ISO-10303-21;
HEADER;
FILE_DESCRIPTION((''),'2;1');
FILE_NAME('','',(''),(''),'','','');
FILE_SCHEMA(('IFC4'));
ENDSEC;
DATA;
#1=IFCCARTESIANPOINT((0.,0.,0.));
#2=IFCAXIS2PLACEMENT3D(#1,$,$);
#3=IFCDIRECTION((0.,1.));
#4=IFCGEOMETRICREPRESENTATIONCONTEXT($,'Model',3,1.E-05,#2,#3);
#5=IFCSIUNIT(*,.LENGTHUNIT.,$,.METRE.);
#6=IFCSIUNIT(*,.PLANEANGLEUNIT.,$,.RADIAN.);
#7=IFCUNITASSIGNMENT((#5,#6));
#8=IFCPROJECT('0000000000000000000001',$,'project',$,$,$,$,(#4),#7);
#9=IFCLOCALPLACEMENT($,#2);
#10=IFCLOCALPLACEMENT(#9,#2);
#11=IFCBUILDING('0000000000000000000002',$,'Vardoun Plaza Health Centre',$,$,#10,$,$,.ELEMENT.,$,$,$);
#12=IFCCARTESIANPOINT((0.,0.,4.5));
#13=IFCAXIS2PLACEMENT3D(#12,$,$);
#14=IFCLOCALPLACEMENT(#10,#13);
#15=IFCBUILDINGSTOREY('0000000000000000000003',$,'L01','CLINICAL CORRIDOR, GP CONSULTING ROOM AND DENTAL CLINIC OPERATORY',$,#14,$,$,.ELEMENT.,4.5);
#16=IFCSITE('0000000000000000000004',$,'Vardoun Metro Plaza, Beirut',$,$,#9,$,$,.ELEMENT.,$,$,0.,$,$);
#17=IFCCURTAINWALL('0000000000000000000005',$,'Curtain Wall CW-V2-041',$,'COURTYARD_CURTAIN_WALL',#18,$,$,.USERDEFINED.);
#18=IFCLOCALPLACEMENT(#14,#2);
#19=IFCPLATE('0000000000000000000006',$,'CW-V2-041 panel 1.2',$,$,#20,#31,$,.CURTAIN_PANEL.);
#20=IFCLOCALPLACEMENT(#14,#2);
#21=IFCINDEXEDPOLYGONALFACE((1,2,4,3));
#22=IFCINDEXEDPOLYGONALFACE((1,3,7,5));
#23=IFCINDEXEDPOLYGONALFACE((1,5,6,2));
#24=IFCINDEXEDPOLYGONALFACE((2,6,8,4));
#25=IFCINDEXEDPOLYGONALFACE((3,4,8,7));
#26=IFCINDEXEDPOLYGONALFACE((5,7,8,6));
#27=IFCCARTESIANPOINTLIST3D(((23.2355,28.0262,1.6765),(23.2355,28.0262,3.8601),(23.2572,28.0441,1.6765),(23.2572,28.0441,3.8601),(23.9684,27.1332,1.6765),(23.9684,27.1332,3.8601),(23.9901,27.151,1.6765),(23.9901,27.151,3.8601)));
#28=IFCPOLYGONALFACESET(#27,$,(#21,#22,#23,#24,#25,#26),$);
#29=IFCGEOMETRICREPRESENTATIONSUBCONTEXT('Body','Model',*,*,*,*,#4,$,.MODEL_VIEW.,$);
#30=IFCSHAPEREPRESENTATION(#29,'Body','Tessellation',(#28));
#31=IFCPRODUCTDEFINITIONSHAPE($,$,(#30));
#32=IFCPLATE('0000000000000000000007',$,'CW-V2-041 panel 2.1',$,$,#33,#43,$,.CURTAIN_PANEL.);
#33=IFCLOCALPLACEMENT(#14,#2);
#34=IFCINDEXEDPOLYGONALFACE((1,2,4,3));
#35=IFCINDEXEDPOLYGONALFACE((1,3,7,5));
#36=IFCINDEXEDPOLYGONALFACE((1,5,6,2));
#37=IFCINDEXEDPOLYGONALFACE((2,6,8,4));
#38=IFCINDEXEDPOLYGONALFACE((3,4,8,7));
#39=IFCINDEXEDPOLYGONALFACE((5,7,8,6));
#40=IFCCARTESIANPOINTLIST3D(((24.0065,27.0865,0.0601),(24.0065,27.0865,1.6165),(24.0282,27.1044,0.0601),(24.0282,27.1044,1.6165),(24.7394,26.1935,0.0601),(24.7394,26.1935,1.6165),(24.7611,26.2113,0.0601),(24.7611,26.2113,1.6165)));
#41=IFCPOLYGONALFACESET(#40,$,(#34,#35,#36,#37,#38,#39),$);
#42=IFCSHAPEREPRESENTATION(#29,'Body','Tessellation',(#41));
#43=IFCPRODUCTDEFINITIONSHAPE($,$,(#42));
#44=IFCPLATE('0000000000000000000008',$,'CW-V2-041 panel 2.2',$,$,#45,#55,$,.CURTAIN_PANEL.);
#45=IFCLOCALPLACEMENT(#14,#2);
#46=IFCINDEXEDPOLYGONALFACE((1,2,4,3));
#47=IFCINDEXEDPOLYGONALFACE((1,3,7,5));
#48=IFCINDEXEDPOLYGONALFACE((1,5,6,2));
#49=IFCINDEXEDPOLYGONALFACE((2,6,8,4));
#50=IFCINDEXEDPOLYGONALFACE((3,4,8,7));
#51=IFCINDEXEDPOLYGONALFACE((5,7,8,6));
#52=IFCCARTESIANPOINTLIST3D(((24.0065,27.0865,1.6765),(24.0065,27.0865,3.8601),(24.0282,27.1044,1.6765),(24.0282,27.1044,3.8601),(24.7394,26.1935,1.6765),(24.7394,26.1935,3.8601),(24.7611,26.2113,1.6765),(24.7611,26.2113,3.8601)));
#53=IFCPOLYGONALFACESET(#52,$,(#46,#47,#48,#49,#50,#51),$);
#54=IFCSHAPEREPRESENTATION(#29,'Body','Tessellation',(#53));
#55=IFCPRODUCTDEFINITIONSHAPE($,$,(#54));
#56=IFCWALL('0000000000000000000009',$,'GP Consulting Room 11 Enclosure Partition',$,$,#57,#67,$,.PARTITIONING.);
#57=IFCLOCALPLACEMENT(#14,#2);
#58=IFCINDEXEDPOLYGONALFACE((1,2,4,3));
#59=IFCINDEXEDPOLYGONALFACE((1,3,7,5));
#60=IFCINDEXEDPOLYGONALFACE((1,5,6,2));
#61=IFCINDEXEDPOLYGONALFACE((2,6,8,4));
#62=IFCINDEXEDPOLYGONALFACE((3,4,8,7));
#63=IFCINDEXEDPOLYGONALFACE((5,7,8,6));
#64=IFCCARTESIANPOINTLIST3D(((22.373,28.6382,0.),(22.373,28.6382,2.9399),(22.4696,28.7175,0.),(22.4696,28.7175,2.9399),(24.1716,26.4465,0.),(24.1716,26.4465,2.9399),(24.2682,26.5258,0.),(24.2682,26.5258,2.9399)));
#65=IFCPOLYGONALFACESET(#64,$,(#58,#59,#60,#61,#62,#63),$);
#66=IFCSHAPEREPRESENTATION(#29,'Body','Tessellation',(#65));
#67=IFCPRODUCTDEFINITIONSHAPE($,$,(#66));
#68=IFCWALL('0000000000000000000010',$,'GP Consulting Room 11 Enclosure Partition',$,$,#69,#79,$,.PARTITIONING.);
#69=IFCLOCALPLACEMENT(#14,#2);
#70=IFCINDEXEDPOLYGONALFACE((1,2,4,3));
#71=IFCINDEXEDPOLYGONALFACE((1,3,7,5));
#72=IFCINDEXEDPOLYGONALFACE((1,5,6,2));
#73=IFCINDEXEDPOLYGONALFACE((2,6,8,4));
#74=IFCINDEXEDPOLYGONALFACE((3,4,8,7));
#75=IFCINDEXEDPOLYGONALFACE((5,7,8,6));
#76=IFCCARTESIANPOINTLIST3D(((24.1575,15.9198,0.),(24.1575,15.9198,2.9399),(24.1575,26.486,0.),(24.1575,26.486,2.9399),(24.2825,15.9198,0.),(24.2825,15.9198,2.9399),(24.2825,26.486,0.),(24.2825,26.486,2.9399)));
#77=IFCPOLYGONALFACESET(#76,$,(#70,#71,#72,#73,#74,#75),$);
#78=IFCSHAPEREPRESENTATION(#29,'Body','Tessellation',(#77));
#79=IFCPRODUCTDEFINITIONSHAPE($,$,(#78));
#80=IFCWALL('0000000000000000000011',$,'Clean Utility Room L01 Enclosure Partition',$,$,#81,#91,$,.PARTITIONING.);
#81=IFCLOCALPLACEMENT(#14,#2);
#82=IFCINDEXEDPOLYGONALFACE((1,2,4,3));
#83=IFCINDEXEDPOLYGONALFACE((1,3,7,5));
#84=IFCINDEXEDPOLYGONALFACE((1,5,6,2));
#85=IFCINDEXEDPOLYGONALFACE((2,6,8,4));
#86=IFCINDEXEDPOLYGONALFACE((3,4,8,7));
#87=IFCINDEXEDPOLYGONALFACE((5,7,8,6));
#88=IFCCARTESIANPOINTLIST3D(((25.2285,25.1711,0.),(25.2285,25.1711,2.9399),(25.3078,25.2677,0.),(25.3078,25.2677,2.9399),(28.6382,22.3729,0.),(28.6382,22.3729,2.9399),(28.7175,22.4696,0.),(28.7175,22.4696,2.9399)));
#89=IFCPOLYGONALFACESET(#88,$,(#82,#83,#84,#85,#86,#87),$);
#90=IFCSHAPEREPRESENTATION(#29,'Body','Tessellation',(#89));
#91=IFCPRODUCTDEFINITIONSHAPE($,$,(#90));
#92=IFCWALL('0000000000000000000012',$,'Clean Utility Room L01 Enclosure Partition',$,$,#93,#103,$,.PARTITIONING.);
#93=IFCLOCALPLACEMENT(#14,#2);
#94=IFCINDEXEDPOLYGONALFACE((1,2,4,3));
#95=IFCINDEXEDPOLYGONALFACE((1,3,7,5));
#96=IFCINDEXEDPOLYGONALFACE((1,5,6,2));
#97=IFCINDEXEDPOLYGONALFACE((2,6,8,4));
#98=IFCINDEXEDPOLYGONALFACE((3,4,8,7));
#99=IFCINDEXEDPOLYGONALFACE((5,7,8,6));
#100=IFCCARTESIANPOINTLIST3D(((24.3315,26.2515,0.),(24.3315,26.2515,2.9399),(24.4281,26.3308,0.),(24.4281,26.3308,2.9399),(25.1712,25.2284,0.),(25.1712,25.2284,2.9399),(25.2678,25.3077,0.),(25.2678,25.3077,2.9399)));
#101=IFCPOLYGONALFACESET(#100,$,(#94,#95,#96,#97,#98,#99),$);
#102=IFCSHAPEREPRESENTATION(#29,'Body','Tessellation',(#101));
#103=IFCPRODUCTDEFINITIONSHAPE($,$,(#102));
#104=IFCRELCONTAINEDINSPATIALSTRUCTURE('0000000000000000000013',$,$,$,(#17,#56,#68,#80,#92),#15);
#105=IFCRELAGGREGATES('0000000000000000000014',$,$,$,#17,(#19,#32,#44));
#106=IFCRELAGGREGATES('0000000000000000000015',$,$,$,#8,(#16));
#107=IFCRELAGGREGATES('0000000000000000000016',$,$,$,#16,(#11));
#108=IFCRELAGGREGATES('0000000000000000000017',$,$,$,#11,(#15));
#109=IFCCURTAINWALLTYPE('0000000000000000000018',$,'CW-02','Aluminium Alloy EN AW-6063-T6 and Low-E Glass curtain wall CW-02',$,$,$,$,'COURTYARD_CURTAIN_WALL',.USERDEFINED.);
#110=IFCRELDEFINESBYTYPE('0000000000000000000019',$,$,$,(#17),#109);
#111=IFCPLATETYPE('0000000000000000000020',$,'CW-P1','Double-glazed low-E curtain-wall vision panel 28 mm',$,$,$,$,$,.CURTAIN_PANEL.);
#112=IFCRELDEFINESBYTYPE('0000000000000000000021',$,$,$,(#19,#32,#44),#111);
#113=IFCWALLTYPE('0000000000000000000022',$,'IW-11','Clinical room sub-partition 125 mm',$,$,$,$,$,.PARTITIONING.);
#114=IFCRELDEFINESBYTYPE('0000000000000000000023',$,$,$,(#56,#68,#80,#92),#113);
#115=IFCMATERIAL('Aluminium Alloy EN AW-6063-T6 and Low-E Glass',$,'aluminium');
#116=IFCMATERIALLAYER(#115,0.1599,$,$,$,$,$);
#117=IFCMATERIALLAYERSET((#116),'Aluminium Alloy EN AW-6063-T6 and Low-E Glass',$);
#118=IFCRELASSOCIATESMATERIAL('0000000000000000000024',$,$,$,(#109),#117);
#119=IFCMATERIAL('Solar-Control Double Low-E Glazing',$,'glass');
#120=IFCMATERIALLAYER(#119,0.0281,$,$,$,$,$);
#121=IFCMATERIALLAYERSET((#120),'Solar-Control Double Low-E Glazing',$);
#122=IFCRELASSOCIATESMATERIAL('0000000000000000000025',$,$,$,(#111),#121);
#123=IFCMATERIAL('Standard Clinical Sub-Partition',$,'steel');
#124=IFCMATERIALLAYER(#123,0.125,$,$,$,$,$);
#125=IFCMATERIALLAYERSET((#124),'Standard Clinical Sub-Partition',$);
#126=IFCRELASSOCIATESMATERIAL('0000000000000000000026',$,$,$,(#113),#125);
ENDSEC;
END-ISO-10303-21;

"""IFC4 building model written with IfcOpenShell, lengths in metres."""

from ifc_helpers import new_model, si_unit, direction, frame, frame_2d, origin, origin_2d, place, context, subcontext, project, spatial, rectangle, extrude, material, layer, layer_set, type_object, element, aggregate, save


model = new_model("IFC4")

# Units and contexts
model_context = context("Model", 3, precision=1e-05, world=origin(), true_north=direction((0.0, 1.0)))
body_context = subcontext(model_context, "Body", "Model", "MODEL_VIEW")
ifc_project = project(units=[si_unit("LENGTHUNIT", "METRE"), si_unit("PLANEANGLEUNIT", "RADIAN")], contexts=[model_context])

# Site, building, storey
site_placement = place(None, origin())
site = spatial("IfcSite", under=ifc_project, at=site_placement, Name="Vardoun Metro Plaza, Beirut", CompositionType="ELEMENT", RefElevation=0.0)
building_placement = place(site_placement, origin())
building = spatial("IfcBuilding", under=site, at=building_placement, Name="Vardoun Plaza Health Centre", CompositionType="ELEMENT")
storey_placement = place(building_placement, frame((0.0, 0.0, 4.5)))
storey = spatial("IfcBuildingStorey", under=building, at=storey_placement, Name="L01", Description="CLINICAL CORRIDOR, GP CONSULTING ROOM AND DENTAL CLINIC OPERATORY", CompositionType="ELEMENT", Elevation=4.5)

# Shared definitions
ifc_material_1 = material(Name="Aluminium Alloy EN AW-6063-T6 and Low-E Glass", Category="aluminium")
ifc_layer_1 = layer(ifc_material_1, 0.1599)
ifc_layer_set_1 = layer_set([ifc_layer_1], Name="Aluminium Alloy EN AW-6063-T6 and Low-E Glass")
curtain_wall_type = type_object("IfcCurtainWallType", Name="CW-02", Description="Aluminium Alloy EN AW-6063-T6 and Low-E Glass curtain wall CW-02", ElementType="COURTYARD_CURTAIN_WALL", PredefinedType="USERDEFINED", material=ifc_layer_set_1)

# Curtain wall
curtain_wall_1_placement = place(storey_placement, origin())
curtain_wall_1 = element("IfcCurtainWall", 1, at=curtain_wall_1_placement, inside=storey, type_object=curtain_wall_type, Name="Curtain Wall CW-V2-041", ObjectType="COURTYARD_CURTAIN_WALL", PredefinedType="USERDEFINED")

# Plates
ifc_material_2 = material(Name="Solar-Control Double Low-E Glazing", Category="glass")
ifc_layer_2 = layer(ifc_material_2, 0.0281)
ifc_layer_set_2 = layer_set([ifc_layer_2], Name="Solar-Control Double Low-E Glazing")
plate_type = type_object("IfcPlateType", Name="CW-P1", Description="Double-glazed low-E curtain-wall vision panel 28 mm", PredefinedType="CURTAIN_PANEL", material=ifc_layer_set_2)
plate_1_placement = place(storey_placement, frame((23.6128, 27.5886, 1.6765), z_axis=(0.0, 0.0, 1.0), x_axis=(0.634385, -0.773017, 0.0)))
plate_1 = element("IfcPlate", 2, at=plate_1_placement, type_object=plate_type, Name="CW-V2-041 panel 1.2", PredefinedType="CURTAIN_PANEL", context=body_context, shape_type="SweptSolid", body=[
    extrude(rectangle(XDim=1.1553, YDim=0.0281, at=origin_2d()), origin(), (0.0, 0.0, 1.0), 2.1836),
])
plate_2_placement = place(storey_placement, frame((24.3838, 26.6489, 0.0601), z_axis=(0.0, 0.0, 1.0), x_axis=(0.634385, -0.773017, 0.0)))
plate_2 = element("IfcPlate", 3, at=plate_2_placement, type_object=plate_type, Name="CW-V2-041 panel 2.1", PredefinedType="CURTAIN_PANEL", context=body_context, shape_type="SweptSolid", body=[
    extrude(rectangle(XDim=1.1553, YDim=0.0281, at=origin_2d()), origin(), (0.0, 0.0, 1.0), 1.5564),
])
plate_3_placement = place(storey_placement, frame((24.3838, 26.6489, 1.6765), z_axis=(0.0, 0.0, 1.0), x_axis=(0.634385, -0.773017, 0.0)))
plate_3 = element("IfcPlate", 4, at=plate_3_placement, type_object=plate_type, Name="CW-V2-041 panel 2.2", PredefinedType="CURTAIN_PANEL", context=body_context, shape_type="SweptSolid", body=[
    extrude(rectangle(XDim=1.1553, YDim=0.0281, at=origin_2d()), origin(), (0.0, 0.0, 1.0), 2.1836),
])
aggregate(curtain_wall_1, [plate_1, plate_2, plate_3])

# Walls
ifc_material_3 = material(Name="Standard Clinical Sub-Partition", Category="steel")
ifc_layer_3 = layer(ifc_material_3, 0.125)
ifc_layer_set_3 = layer_set([ifc_layer_3], Name="Standard Clinical Sub-Partition")
wall_type = type_object("IfcWallType", Name="IW-11", Description="Clinical room sub-partition 125 mm", PredefinedType="PARTITIONING", material=ifc_layer_set_3)
wall_1_placement = place(storey_placement, frame((22.4214, 28.6777, 0.0), z_axis=(0.0, 0.0, 1.0), x_axis=(0.634381, -0.77302, 0.0)))
element("IfcWall", 5, at=wall_1_placement, inside=storey, type_object=wall_type, Name="GP Consulting Room 11 Enclosure Partition", PredefinedType="PARTITIONING", context=body_context, shape_type="SweptSolid", body=[
    extrude(rectangle(XDim=2.8352, YDim=0.125, at=frame_2d((1.4175, 0.0))), origin(), (0.0, 0.0, 1.0), 2.9399),
])
wall_2_placement = place(storey_placement, frame((24.22, 26.4861, 0.0), z_axis=(0.0, 0.0, 1.0), x_axis=(0.0, -1.0, 0.0)))
element("IfcWall", 6, at=wall_2_placement, inside=storey, type_object=wall_type, Name="GP Consulting Room 11 Enclosure Partition", PredefinedType="PARTITIONING", context=body_context, shape_type="SweptSolid", body=[
    extrude(rectangle(XDim=10.5662, YDim=0.125, at=frame_2d((5.2832, 0.0))), origin(), (0.0, 0.0, 1.0), 2.9399),
])
wall_3_placement = place(storey_placement, frame((25.2681, 25.2195, 0.0), z_axis=(0.0, 0.0, 1.0), x_axis=(0.773027, -0.634373, 0.0)))
element("IfcWall", 7, at=wall_3_placement, inside=storey, type_object=wall_type, Name="Clean Utility Room L01 Enclosure Partition", PredefinedType="PARTITIONING", context=body_context, shape_type="SweptSolid", body=[
    extrude(rectangle(XDim=4.4109, YDim=0.125, at=frame_2d((2.2056, 0.0))), origin(), (0.0, 0.0, 1.0), 2.9399),
])
wall_4_placement = place(storey_placement, frame((24.3799, 26.291, 0.0), z_axis=(0.0, 0.0, 1.0), x_axis=(0.634433, -0.772978, 0.0)))
element("IfcWall", 8, at=wall_4_placement, inside=storey, type_object=wall_type, Name="Clean Utility Room L01 Enclosure Partition", PredefinedType="PARTITIONING", context=body_context, shape_type="SweptSolid", body=[
    extrude(rectangle(XDim=1.3235, YDim=0.125, at=frame_2d((0.6616, 0.0))), origin(), (0.0, 0.0, 1.0), 2.9399),
])

save(model, "model.ifc")
